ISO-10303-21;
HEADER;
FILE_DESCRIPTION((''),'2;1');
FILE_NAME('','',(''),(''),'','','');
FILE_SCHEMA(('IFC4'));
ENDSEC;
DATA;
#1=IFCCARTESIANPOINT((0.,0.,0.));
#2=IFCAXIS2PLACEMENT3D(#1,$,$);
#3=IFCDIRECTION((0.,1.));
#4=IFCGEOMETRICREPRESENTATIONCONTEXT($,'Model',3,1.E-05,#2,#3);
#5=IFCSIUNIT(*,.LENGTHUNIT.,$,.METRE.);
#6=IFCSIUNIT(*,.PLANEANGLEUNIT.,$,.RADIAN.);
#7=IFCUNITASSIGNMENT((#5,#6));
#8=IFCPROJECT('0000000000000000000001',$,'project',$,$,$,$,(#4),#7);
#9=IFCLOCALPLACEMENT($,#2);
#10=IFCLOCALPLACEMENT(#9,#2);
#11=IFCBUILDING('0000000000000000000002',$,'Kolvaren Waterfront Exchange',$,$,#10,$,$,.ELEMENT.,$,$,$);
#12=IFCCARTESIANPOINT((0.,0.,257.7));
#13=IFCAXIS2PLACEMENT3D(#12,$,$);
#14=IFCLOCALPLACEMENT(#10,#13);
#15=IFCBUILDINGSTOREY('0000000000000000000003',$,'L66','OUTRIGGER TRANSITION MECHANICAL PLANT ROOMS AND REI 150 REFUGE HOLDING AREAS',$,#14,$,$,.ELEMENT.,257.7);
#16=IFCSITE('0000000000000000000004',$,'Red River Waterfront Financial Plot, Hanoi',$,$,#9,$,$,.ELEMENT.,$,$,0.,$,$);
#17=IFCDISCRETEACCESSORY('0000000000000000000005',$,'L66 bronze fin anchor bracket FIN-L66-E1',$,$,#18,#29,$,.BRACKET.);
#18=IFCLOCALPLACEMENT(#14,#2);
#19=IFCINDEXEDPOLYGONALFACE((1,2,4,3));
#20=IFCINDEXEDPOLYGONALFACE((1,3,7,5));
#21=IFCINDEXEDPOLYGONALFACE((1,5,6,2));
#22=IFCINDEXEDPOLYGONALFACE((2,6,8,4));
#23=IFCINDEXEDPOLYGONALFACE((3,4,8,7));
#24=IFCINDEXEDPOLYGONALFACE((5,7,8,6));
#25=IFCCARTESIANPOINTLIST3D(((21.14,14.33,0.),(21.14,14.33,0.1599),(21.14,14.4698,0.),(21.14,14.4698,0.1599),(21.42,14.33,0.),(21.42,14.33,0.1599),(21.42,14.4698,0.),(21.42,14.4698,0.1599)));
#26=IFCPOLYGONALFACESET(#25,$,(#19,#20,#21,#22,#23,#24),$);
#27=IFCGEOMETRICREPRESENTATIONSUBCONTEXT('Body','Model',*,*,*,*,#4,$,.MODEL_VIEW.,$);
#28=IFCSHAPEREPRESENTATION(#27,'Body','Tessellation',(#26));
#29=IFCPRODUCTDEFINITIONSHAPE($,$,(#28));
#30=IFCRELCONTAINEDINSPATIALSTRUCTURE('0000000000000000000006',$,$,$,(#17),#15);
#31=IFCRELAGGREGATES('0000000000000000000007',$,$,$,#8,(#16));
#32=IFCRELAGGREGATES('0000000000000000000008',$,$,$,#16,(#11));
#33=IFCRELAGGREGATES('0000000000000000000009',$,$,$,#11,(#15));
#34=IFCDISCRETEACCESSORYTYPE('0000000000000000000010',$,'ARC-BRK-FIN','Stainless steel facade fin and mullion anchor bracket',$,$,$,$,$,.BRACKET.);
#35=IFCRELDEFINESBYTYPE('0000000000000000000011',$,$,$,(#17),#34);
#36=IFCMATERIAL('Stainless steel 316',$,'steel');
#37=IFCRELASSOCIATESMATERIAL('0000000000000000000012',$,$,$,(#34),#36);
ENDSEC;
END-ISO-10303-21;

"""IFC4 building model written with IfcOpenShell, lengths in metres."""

from ifc_helpers import new_model, si_unit, direction, frame, origin, origin_with_axes, origin_2d, place, context, subcontext, project, spatial, rectangle, extrude, source, transform, mapped, material, type_object, element, save


model = new_model("IFC4")

# Units and contexts
model_context = context("Model", 3, precision=1e-05, world=origin(), true_north=direction((0.0, 1.0)))
body_context = subcontext(model_context, "Body", "Model", "MODEL_VIEW")
ifc_project = project(units=[si_unit("LENGTHUNIT", "METRE"), si_unit("PLANEANGLEUNIT", "RADIAN")], contexts=[model_context])

# Site, building, storey
site_placement = place(None, origin())
site = spatial("IfcSite", under=ifc_project, at=site_placement, Name="Red River Waterfront Financial Plot, Hanoi", CompositionType="ELEMENT", RefElevation=0.0)
building_placement = place(site_placement, origin())
building = spatial("IfcBuilding", under=site, at=building_placement, Name="Kolvaren Waterfront Exchange", CompositionType="ELEMENT")
storey_placement = place(building_placement, frame((0.0, 0.0, 257.7)))
storey = spatial("IfcBuildingStorey", under=building, at=storey_placement, Name="L66", Description="OUTRIGGER TRANSITION MECHANICAL PLANT ROOMS AND REI 150 REFUGE HOLDING AREAS", CompositionType="ELEMENT", Elevation=257.7)

# Shared definitions
ifc_material_1 = material(Name="Stainless steel 316", Category="steel")

# Discrete accessory
discrete_accessory_type = type_object("IfcDiscreteAccessoryType", Name="ARC-BRK-FIN", Description="Stainless steel facade fin and mullion anchor bracket", PredefinedType="BRACKET", material=ifc_material_1)
shared_shape_1 = source(origin_with_axes(), body_context, "Body", "SweptSolid", [
    extrude(rectangle(XDim=0.28, YDim=0.1399, at=origin_2d()), origin(), (0.0, 0.0, 1.0), 0.1599),
])
discrete_accessory_placement = place(storey_placement, frame((21.28, 14.3999, 0.0), z_axis=(0.0, 0.0, 1.0), x_axis=(1.0, 0.0, 0.0)))
element("IfcDiscreteAccessory", 1, at=discrete_accessory_placement, inside=storey, type_object=discrete_accessory_type, Name="L66 bronze fin anchor bracket FIN-L66-E1", PredefinedType="BRACKET", context=body_context, shape_type="MappedRepresentation", body=[
    mapped(shared_shape_1, transform((0.0, 0.0, 0.0), x_axis=(1.0, 0.0, 0.0), y_axis=(0.0, 1.0, 0.0), z_axis=(0.0, 0.0, 1.0), scale=1.0)),
])

save(model, "model.ifc")
